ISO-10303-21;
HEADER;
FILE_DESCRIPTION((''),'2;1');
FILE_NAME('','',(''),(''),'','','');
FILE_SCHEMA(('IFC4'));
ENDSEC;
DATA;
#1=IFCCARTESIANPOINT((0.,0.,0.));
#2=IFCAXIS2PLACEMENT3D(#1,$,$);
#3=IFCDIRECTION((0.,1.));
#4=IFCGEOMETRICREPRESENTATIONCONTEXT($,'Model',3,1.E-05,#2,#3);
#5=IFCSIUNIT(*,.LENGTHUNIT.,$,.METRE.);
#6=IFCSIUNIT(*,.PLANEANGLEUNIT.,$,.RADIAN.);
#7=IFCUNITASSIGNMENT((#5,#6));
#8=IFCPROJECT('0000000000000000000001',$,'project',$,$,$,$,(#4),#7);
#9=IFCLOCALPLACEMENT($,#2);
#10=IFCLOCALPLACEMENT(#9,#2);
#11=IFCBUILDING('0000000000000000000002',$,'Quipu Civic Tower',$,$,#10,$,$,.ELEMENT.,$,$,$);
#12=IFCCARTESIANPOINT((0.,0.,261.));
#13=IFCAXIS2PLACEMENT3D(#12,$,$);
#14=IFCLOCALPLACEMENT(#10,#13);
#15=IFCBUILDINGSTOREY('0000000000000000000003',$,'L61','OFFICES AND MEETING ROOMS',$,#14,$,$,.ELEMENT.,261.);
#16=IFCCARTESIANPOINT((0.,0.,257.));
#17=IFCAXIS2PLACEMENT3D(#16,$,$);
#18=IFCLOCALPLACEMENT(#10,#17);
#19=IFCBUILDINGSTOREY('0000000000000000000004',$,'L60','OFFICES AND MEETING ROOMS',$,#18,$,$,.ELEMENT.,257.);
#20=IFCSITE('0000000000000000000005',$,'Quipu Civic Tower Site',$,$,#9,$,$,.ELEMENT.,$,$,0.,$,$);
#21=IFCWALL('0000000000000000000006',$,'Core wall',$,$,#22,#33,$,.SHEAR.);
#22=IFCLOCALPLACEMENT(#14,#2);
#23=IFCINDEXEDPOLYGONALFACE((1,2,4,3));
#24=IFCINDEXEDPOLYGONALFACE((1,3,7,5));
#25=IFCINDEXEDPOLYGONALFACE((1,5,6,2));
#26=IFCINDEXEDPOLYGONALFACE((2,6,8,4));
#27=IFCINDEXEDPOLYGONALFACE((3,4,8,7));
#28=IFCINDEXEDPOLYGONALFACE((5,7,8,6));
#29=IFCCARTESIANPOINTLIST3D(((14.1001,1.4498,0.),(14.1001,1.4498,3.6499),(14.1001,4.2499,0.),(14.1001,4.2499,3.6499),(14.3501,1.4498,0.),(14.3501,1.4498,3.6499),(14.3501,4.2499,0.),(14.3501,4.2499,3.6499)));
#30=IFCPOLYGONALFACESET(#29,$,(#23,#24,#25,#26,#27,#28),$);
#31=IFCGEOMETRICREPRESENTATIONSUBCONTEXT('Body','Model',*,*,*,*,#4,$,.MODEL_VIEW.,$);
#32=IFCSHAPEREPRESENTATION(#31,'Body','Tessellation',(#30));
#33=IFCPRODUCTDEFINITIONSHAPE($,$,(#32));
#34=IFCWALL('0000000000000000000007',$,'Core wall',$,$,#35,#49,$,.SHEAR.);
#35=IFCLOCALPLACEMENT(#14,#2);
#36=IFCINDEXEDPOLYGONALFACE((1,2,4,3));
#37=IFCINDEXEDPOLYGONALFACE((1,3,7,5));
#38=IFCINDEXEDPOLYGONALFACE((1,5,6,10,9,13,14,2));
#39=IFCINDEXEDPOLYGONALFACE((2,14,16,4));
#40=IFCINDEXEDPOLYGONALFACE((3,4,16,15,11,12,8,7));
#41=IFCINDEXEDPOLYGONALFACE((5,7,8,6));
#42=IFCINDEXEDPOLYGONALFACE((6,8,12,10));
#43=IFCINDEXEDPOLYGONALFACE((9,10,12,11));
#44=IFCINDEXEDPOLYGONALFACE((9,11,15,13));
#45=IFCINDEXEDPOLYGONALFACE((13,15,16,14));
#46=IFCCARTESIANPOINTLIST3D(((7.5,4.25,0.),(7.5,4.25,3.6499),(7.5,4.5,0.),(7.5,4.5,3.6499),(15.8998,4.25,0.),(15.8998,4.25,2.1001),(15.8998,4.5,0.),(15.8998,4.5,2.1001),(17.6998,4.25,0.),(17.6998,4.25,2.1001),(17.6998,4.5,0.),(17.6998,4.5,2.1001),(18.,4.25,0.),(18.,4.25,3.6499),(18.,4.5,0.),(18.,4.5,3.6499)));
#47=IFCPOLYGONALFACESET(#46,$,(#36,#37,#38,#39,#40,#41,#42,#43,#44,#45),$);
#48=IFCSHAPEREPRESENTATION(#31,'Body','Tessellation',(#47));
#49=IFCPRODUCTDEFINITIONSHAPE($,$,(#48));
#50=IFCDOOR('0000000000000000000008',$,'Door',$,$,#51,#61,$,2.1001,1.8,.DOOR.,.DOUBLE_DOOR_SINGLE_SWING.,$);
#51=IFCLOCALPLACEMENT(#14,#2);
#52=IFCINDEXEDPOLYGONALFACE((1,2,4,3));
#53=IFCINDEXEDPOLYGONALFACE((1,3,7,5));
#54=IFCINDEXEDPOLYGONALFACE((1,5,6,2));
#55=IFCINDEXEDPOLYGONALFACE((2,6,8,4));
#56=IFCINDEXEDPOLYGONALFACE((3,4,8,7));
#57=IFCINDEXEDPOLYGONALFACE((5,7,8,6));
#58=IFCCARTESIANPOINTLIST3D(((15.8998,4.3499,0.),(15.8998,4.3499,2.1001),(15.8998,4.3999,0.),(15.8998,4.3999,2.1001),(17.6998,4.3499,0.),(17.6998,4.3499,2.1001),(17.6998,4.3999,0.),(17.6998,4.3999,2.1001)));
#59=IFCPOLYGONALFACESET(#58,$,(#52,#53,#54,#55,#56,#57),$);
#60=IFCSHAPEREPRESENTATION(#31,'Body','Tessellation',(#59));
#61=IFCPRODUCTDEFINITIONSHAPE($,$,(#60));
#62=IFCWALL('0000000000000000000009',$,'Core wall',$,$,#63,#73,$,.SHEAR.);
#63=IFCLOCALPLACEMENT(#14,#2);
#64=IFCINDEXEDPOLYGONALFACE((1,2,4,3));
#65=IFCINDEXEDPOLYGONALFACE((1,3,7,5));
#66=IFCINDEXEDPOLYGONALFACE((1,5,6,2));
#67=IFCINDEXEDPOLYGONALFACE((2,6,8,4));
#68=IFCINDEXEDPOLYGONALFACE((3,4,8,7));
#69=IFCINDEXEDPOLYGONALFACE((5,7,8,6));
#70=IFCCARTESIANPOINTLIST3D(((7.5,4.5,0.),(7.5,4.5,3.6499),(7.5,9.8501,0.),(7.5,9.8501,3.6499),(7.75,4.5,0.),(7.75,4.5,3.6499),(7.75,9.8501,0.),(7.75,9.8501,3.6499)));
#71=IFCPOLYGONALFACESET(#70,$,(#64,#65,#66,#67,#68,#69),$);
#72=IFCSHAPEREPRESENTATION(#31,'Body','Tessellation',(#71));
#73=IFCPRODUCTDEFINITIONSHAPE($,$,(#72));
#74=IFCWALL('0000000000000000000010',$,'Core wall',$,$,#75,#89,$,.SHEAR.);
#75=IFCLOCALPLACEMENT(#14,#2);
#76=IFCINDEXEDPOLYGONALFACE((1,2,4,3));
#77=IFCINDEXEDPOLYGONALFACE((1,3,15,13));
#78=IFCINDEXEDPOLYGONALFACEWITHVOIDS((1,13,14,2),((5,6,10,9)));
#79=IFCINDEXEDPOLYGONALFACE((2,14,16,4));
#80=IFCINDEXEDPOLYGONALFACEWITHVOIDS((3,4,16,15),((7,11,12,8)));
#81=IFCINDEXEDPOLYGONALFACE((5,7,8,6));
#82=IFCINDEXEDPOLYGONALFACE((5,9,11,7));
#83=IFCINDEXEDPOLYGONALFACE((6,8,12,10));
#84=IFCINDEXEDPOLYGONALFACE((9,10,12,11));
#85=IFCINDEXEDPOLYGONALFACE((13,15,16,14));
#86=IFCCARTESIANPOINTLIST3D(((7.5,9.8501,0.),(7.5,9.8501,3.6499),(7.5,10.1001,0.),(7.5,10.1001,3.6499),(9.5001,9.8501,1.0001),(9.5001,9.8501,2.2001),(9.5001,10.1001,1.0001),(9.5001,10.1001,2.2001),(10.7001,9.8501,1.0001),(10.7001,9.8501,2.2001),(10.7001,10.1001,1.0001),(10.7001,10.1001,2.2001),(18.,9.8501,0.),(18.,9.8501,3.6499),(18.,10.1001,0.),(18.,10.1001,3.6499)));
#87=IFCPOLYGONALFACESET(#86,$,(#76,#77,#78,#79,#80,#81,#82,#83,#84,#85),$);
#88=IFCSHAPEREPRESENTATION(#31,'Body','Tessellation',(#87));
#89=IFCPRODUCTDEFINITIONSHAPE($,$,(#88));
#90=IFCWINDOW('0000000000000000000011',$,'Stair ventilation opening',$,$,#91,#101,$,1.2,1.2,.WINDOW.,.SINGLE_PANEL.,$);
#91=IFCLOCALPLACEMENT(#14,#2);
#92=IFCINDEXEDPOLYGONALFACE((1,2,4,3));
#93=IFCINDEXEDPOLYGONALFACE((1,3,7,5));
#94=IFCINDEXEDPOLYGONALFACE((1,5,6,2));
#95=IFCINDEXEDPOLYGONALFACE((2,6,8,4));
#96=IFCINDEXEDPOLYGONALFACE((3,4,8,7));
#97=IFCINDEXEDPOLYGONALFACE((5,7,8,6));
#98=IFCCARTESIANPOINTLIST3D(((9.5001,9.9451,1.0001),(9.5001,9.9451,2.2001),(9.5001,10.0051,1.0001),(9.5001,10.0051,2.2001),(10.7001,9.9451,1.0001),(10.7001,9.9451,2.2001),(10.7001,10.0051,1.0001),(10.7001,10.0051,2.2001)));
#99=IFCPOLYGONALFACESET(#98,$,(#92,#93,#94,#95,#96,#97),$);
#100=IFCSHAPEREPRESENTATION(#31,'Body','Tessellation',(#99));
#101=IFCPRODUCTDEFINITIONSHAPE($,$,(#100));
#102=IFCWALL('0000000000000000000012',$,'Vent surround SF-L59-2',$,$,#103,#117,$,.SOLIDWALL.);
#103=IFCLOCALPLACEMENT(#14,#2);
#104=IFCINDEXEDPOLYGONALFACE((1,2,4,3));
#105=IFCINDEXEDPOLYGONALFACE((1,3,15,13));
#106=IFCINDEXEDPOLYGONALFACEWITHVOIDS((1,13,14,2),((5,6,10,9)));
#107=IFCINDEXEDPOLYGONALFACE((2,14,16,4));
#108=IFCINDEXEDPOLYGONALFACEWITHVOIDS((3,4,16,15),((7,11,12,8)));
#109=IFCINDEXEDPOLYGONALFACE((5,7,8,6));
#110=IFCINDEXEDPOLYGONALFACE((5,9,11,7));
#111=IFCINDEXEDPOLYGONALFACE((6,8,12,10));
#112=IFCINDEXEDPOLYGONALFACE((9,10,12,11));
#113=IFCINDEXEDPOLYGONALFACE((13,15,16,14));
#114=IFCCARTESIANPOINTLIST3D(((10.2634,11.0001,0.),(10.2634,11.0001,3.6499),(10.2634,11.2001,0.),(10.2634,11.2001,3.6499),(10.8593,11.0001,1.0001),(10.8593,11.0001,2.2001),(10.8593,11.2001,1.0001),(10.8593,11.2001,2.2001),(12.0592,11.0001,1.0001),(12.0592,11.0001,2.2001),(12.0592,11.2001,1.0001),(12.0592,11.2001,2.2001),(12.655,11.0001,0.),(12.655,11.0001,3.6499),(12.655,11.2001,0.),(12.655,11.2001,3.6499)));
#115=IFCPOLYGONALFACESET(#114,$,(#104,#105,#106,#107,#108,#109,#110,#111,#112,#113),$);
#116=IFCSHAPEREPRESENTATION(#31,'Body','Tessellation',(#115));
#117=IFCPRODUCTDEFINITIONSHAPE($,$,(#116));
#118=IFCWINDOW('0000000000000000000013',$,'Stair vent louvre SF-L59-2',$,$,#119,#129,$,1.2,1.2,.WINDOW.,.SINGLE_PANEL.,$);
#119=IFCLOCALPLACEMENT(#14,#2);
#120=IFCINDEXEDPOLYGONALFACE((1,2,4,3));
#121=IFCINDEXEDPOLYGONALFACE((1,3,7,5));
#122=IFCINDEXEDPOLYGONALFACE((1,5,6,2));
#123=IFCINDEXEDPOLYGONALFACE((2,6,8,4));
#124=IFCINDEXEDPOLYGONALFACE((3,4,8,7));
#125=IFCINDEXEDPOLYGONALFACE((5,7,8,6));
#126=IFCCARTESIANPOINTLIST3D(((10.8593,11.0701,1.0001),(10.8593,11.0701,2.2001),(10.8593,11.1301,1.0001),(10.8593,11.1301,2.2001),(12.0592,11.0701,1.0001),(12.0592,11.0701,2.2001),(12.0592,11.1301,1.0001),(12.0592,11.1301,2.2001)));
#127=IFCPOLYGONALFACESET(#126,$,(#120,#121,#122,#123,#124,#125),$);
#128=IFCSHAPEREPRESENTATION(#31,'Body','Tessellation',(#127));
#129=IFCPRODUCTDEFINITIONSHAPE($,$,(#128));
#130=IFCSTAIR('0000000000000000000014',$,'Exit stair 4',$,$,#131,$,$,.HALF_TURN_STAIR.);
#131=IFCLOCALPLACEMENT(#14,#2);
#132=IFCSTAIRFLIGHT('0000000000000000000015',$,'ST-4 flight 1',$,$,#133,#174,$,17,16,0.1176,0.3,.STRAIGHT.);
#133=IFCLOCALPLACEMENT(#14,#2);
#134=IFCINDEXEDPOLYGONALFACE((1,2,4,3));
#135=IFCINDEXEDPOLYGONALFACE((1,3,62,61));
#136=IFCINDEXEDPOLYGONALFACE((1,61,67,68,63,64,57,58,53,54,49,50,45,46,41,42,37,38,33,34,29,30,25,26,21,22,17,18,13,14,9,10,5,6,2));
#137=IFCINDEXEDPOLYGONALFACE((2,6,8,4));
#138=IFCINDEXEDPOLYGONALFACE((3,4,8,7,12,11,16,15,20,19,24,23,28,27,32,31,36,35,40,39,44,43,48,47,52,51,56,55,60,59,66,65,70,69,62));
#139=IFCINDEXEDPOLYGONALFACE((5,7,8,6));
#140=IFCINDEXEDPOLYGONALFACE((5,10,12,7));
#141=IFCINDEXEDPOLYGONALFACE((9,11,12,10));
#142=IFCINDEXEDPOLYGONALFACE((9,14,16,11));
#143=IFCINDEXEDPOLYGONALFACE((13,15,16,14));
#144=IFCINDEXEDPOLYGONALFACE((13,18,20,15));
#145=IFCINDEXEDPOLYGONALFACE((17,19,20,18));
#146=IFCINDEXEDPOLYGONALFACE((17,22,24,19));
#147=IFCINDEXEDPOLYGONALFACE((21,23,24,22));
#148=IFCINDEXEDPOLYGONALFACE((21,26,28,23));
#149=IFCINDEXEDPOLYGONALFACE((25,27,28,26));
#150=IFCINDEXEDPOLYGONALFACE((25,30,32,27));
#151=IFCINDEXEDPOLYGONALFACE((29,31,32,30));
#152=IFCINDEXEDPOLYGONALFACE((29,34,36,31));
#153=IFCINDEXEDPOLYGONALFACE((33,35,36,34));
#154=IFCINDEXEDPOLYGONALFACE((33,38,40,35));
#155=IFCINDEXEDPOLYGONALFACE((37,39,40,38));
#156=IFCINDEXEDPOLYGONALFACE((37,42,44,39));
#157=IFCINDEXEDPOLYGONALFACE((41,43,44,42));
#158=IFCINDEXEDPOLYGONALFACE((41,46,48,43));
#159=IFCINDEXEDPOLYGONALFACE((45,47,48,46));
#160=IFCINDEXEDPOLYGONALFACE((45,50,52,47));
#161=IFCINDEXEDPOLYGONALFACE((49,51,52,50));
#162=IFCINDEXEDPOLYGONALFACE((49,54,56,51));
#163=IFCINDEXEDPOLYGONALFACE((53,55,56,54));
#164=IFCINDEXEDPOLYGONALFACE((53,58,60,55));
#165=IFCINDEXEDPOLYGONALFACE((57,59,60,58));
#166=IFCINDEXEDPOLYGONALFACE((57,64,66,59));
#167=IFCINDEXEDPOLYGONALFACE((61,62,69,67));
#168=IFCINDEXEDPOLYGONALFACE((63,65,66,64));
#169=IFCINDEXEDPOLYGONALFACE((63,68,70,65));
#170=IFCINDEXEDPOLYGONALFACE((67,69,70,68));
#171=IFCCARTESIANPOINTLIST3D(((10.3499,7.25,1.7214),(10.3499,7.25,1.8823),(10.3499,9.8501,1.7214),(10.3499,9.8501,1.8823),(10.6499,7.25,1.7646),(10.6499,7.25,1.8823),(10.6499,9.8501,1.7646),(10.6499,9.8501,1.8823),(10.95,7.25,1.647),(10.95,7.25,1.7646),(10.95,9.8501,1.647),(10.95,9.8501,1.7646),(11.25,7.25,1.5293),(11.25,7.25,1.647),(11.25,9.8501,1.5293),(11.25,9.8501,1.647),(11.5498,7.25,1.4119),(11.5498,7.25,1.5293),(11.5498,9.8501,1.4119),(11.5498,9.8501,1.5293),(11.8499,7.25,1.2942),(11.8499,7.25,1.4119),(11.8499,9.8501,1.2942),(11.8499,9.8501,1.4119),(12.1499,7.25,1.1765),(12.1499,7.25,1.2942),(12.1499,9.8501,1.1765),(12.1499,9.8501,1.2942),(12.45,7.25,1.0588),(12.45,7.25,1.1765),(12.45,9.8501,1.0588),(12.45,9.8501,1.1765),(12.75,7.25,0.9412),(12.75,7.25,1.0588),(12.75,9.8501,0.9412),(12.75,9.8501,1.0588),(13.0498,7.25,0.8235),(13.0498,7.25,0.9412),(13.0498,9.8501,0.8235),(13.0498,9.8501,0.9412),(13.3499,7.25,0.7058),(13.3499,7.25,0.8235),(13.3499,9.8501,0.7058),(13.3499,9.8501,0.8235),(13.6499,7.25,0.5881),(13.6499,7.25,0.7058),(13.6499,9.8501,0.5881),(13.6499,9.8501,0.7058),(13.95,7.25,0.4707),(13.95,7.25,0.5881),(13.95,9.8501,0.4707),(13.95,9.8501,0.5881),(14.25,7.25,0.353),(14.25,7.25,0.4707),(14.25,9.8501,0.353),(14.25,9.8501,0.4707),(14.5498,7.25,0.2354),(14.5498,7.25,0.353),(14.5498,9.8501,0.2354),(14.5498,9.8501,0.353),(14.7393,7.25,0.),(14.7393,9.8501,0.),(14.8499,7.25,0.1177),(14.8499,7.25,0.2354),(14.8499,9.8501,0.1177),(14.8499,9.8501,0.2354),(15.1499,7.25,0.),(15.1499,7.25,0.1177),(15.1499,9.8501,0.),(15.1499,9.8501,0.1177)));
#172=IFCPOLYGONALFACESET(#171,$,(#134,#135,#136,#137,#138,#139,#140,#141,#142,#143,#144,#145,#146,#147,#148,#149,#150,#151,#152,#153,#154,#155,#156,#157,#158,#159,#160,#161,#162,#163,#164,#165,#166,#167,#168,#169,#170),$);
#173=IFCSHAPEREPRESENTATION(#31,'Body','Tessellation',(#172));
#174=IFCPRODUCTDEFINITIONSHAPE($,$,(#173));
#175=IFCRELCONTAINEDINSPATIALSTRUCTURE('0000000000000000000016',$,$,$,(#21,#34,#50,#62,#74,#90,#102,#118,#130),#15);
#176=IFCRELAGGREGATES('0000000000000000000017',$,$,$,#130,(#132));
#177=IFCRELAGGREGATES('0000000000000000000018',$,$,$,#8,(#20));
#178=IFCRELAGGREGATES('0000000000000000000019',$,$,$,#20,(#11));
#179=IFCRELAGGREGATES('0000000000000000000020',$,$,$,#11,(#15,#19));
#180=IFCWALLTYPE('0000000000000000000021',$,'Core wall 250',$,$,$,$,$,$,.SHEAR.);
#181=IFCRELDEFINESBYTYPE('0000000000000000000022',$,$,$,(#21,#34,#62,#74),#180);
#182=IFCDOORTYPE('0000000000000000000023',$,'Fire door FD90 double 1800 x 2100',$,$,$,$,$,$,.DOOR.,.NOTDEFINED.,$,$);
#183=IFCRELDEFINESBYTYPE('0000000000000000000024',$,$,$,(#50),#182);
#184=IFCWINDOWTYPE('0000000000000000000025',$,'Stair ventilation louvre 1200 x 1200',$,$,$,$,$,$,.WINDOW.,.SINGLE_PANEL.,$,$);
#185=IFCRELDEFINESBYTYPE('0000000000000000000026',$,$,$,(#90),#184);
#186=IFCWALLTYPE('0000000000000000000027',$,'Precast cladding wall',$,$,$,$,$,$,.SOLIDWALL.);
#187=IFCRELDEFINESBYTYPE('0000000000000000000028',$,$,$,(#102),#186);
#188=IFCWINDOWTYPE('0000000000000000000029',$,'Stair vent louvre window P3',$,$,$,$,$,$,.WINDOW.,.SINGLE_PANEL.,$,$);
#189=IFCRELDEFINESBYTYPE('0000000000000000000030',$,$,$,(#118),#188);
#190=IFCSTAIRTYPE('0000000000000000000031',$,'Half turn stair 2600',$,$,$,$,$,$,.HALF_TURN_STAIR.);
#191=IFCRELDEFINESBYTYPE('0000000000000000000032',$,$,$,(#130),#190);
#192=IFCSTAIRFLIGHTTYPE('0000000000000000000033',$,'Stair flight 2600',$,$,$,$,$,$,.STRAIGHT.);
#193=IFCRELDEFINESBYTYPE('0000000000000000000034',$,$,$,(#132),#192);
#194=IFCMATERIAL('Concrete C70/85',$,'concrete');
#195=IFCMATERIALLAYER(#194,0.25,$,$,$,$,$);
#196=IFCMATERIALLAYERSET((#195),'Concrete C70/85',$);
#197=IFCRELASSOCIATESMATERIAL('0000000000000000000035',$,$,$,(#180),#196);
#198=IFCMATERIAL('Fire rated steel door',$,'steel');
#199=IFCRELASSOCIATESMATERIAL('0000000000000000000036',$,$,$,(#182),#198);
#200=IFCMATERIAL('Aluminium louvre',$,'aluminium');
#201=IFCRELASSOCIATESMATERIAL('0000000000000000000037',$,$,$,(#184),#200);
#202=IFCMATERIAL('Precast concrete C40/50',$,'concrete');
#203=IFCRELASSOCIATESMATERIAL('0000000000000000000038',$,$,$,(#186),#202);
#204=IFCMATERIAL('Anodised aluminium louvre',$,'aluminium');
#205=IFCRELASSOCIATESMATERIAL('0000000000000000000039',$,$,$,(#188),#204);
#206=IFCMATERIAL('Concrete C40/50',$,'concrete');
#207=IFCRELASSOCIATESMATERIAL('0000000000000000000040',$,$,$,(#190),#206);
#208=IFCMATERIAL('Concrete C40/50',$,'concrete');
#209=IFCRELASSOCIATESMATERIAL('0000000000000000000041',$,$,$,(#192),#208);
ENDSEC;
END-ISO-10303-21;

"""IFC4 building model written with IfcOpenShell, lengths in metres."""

from ifc_helpers import new_model, si_unit, direction, frame, frame_2d, origin, place, context, subcontext, project, spatial, polyline, rectangle, outline, extrude, material, layer, layer_set, type_object, element, fill, aggregate, save


model = new_model("IFC4")

# Units and contexts
model_context = context("Model", 3, precision=1e-05, world=origin(), true_north=direction((0.0, 1.0)))
body_context = subcontext(model_context, "Body", "Model", "MODEL_VIEW")
ifc_project = project(units=[si_unit("LENGTHUNIT", "METRE"), si_unit("PLANEANGLEUNIT", "RADIAN")], contexts=[model_context])

# Site, building, storey
site_placement = place(None, origin())
site = spatial("IfcSite", under=ifc_project, at=site_placement, Name="Quipu Civic Tower Site", CompositionType="ELEMENT", RefElevation=0.0)
building_placement = place(site_placement, origin())
building = spatial("IfcBuilding", under=site, at=building_placement, Name="Quipu Civic Tower", CompositionType="ELEMENT")
storey_1_placement = place(building_placement, frame((0.0, 0.0, 261.0)))
storey_1 = spatial("IfcBuildingStorey", under=building, at=storey_1_placement, Name="L61", Description="OFFICES AND MEETING ROOMS", CompositionType="ELEMENT", Elevation=261.0)

# Shared definitions
storey_2_placement = place(building_placement, frame((0.0, 0.0, 257.0)))
storey_2 = spatial("IfcBuildingStorey", under=building, at=storey_2_placement, Name="L60", Description="OFFICES AND MEETING ROOMS", CompositionType="ELEMENT", Elevation=257.0)

# Shared definitions
ifc_material_1 = material(Name="Concrete C70/85", Category="concrete")
ifc_layer_1 = layer(ifc_material_1, 0.25)
ifc_layer_set_1 = layer_set([ifc_layer_1], Name="Concrete C70/85")
wall_type_1 = type_object("IfcWallType", Name="Core wall 250", PredefinedType="SHEAR", material=ifc_layer_set_1)
ifc_material_2 = material(Name="Fire rated steel door", Category="steel")
door_type = type_object("IfcDoorType", Name="Fire door FD90 double 1800 x 2100", OperationType="NOTDEFINED", PredefinedType="DOOR", material=ifc_material_2)

# Wall
wall_1_placement = place(storey_1_placement, frame((14.2251, 1.45, 0.0), z_axis=(0.0, 0.0, 1.0), x_axis=(0.0, 1.0, 0.0)))
element("IfcWall", 1, at=wall_1_placement, inside=storey_1, type_object=wall_type_1, Name="Core wall", PredefinedType="SHEAR", context=body_context, shape_type="SweptSolid", body=[
    extrude(rectangle(XDim=2.8, YDim=0.25, at=frame_2d((1.3999, 0.0))), origin(), (0.0, 0.0, 1.0), 3.6499),
])

# Wall, opening, door
wall_2_placement = place(storey_1_placement, frame((7.5, 4.375, 0.0), z_axis=(0.0, 0.0, 1.0), x_axis=(1.0, 0.0, 0.0)))
wall_2 = element("IfcWall", 2, at=wall_2_placement, inside=storey_1, type_object=wall_type_1, Name="Core wall", PredefinedType="SHEAR", context=body_context, shape_type="SweptSolid", body=[
    extrude(rectangle(XDim=10.5, YDim=0.25, at=frame_2d((5.25, 0.0))), origin(), (0.0, 0.0, 1.0), 3.6499),
])
opening_1_placement = place(wall_2_placement, frame((8.3999, 0.0, 0.0)))
opening_1 = element("IfcOpeningElement", 3, at=opening_1_placement, cuts=wall_2, PredefinedType="OPENING", context=body_context, shape_type="SweptSolid", body=[
    extrude(rectangle(XDim=1.8, YDim=2.1001, at=frame_2d((0.8999, 1.05))), frame((0.0, 0.135, 0.0), z_axis=(0.0, -1.0, 0.0), x_axis=(1.0, 0.0, 0.0)), (0.0, 0.0, 1.0), 0.27),
])
door_1_placement = place(opening_1_placement, origin())
door_1 = element("IfcDoor", 4, at=door_1_placement, inside=storey_1, type_object=door_type, Name="Door", OperationType="DOUBLE_DOOR_SINGLE_SWING", OverallHeight=2.1001, OverallWidth=1.8, PredefinedType="DOOR", context=body_context, shape_type="SweptSolid", body=[
    extrude(rectangle(XDim=1.8, YDim=2.1001, at=frame_2d((0.8999, 1.05))), frame((0.0, 0.0249, 0.0), z_axis=(0.0, -1.0, 0.0), x_axis=(1.0, 0.0, 0.0)), (0.0, 0.0, 1.0), 0.05),
])
fill(opening_1, door_1)

# Wall
wall_3_placement = place(storey_1_placement, frame((7.625, 4.5, 0.0), z_axis=(0.0, 0.0, 1.0), x_axis=(0.0, 1.0, 0.0)))
element("IfcWall", 5, at=wall_3_placement, inside=storey_1, type_object=wall_type_1, Name="Core wall", PredefinedType="SHEAR", context=body_context, shape_type="SweptSolid", body=[
    extrude(rectangle(XDim=5.3501, YDim=0.25, at=frame_2d((2.675, 0.0))), origin(), (0.0, 0.0, 1.0), 3.6499),
])

# Walls, openings, windows
wall_4_placement = place(storey_1_placement, frame((7.5, 9.9751, 0.0), z_axis=(0.0, 0.0, 1.0), x_axis=(1.0, 0.0, 0.0)))
wall_4 = element("IfcWall", 6, at=wall_4_placement, inside=storey_1, type_object=wall_type_1, Name="Core wall", PredefinedType="SHEAR", context=body_context, shape_type="SweptSolid", body=[
    extrude(rectangle(XDim=10.5, YDim=0.25, at=frame_2d((5.25, 0.0))), origin(), (0.0, 0.0, 1.0), 3.6499),
])
opening_2_placement = place(wall_4_placement, frame((2.0, 0.0, 1.0)))
opening_2 = element("IfcOpeningElement", 7, at=opening_2_placement, cuts=wall_4, PredefinedType="OPENING", context=body_context, shape_type="SweptSolid", body=[
    extrude(rectangle(XDim=1.2, YDim=1.2, at=frame_2d((0.6001, 0.6001))), frame((0.0, 0.135, 0.0), z_axis=(0.0, -1.0, 0.0), x_axis=(1.0, 0.0, 0.0)), (0.0, 0.0, 1.0), 0.27),
])
ifc_material_3 = material(Name="Aluminium louvre", Category="aluminium")
window_type_1 = type_object("IfcWindowType", Name="Stair ventilation louvre 1200 x 1200", PartitioningType="SINGLE_PANEL", PredefinedType="WINDOW", material=ifc_material_3)
window_1_placement = place(opening_2_placement, origin())
window_1 = element("IfcWindow", 8, at=window_1_placement, inside=storey_1, type_object=window_type_1, Name="Stair ventilation opening", OverallHeight=1.2, OverallWidth=1.2, PartitioningType="SINGLE_PANEL", PredefinedType="WINDOW", context=body_context, shape_type="SweptSolid", body=[
    extrude(rectangle(XDim=1.2, YDim=1.2, at=frame_2d((0.6001, 0.6001))), frame((0.0, 0.03, 0.0), z_axis=(0.0, -1.0, 0.0), x_axis=(1.0, 0.0, 0.0)), (0.0, 0.0, 1.0), 0.0601),
])
fill(opening_2, window_1)
ifc_material_4 = material(Name="Precast concrete C40/50", Category="concrete")
wall_type_2 = type_object("IfcWallType", Name="Precast cladding wall", PredefinedType="SOLIDWALL", material=ifc_material_4)
wall_5_placement = place(storey_1_placement, frame((12.655, 11.1001, 0.0), z_axis=(0.0, 0.0, 1.0), x_axis=(-1.0, 0.0, 0.0)))
wall_5 = element("IfcWall", 9, at=wall_5_placement, inside=storey_1, type_object=wall_type_2, Name="Vent surround SF-L59-2", PredefinedType="SOLIDWALL", context=body_context, shape_type="SweptSolid", body=[
    extrude(rectangle(XDim=2.3916, YDim=0.2, at=frame_2d((1.1958, 0.0))), origin(), (0.0, 0.0, 1.0), 3.6499),
])
opening_3_placement = place(wall_5_placement, frame((0.5957, 0.0, 1.0)))
opening_3 = element("IfcOpeningElement", 10, at=opening_3_placement, cuts=wall_5, PredefinedType="OPENING", context=body_context, shape_type="SweptSolid", body=[
    extrude(rectangle(XDim=1.2, YDim=1.2, at=frame_2d((0.6001, 0.6001))), frame((0.0, 0.1099, 0.0), z_axis=(0.0, -1.0, 0.0), x_axis=(1.0, 0.0, 0.0)), (0.0, 0.0, 1.0), 0.22),
])
ifc_material_5 = material(Name="Anodised aluminium louvre", Category="aluminium")
window_type_2 = type_object("IfcWindowType", Name="Stair vent louvre window P3", PartitioningType="SINGLE_PANEL", PredefinedType="WINDOW", material=ifc_material_5)
window_2_placement = place(opening_3_placement, origin())
window_2 = element("IfcWindow", 11, at=window_2_placement, inside=storey_1, type_object=window_type_2, Name="Stair vent louvre SF-L59-2", OverallHeight=1.2, OverallWidth=1.2, PartitioningType="SINGLE_PANEL", PredefinedType="WINDOW", context=body_context, shape_type="SweptSolid", body=[
    extrude(rectangle(XDim=1.2, YDim=1.2, at=frame_2d((0.6001, 0.6001))), frame((0.0, 0.03, 0.0), z_axis=(0.0, -1.0, 0.0), x_axis=(1.0, 0.0, 0.0)), (0.0, 0.0, 1.0), 0.0601),
])
fill(opening_3, window_2)

# Stair, stair flight
ifc_material_6 = material(Name="Concrete C40/50", Category="concrete")
stair_type = type_object("IfcStairType", Name="Half turn stair 2600", PredefinedType="HALF_TURN_STAIR", material=ifc_material_6)
stair_placement = place(storey_1_placement, origin())
stair = element("IfcStair", 12, at=stair_placement, inside=storey_1, type_object=stair_type, Name="Exit stair 4", PredefinedType="HALF_TURN_STAIR")
ifc_material_7 = material(Name="Concrete C40/50", Category="concrete")
stair_flight_type = type_object("IfcStairFlightType", Name="Stair flight 2600", PredefinedType="STRAIGHT", material=ifc_material_7)
stair_flight_1_placement = place(storey_1_placement, frame((15.1499, 8.55, 0.0), z_axis=(0.0, 0.0, 1.0), x_axis=(-1.0, 0.0, 0.0)))
stair_flight_1 = element("IfcStairFlight", 13, at=stair_flight_1_placement, type_object=stair_flight_type, Name="ST-4 flight 1", NumberOfRisers=17, NumberOfTreads=16, PredefinedType="STRAIGHT", RiserHeight=0.1176, TreadLength=0.3, context=body_context, shape_type="SweptSolid", body=[
    extrude(outline(polyline([(0.0, 0.0), (0.0, 0.1177), (0.3, 0.1177), (0.3, 0.2354), (0.6001, 0.2354), (0.6001, 0.353), (0.8999, 0.353), (0.8999, 0.4707), (1.2, 0.4707), (1.2, 0.5881), (1.5, 0.5881), (1.5, 0.7058), (1.8, 0.7058), (1.8, 0.8235), (2.1001, 0.8235), (2.1001, 0.9412), (2.3999, 0.9412), (2.3999, 1.0588), (2.7, 1.0588), (2.7, 1.1765), (3.0, 1.1765), (3.0, 1.2942), (3.3, 1.2942), (3.3, 1.4119), (3.6001, 1.4119), (3.6001, 1.5293), (3.8999, 1.5293), (3.8999, 1.647), (4.2, 1.647), (4.2, 1.7646), (4.5, 1.7646), (4.5, 1.8823), (4.8, 1.8823), (4.8, 2.0), (4.8, 1.7214), (0.4106, 0.0), (0.0, 0.0)])), frame((0.0, 1.3, 0.0), z_axis=(0.0, -1.0, 0.0), x_axis=(1.0, 0.0, 0.0)), (0.0, 0.0, 1.0), 2.6001),
])
aggregate(stair, [stair_flight_1])

save(model, "model.ifc")
